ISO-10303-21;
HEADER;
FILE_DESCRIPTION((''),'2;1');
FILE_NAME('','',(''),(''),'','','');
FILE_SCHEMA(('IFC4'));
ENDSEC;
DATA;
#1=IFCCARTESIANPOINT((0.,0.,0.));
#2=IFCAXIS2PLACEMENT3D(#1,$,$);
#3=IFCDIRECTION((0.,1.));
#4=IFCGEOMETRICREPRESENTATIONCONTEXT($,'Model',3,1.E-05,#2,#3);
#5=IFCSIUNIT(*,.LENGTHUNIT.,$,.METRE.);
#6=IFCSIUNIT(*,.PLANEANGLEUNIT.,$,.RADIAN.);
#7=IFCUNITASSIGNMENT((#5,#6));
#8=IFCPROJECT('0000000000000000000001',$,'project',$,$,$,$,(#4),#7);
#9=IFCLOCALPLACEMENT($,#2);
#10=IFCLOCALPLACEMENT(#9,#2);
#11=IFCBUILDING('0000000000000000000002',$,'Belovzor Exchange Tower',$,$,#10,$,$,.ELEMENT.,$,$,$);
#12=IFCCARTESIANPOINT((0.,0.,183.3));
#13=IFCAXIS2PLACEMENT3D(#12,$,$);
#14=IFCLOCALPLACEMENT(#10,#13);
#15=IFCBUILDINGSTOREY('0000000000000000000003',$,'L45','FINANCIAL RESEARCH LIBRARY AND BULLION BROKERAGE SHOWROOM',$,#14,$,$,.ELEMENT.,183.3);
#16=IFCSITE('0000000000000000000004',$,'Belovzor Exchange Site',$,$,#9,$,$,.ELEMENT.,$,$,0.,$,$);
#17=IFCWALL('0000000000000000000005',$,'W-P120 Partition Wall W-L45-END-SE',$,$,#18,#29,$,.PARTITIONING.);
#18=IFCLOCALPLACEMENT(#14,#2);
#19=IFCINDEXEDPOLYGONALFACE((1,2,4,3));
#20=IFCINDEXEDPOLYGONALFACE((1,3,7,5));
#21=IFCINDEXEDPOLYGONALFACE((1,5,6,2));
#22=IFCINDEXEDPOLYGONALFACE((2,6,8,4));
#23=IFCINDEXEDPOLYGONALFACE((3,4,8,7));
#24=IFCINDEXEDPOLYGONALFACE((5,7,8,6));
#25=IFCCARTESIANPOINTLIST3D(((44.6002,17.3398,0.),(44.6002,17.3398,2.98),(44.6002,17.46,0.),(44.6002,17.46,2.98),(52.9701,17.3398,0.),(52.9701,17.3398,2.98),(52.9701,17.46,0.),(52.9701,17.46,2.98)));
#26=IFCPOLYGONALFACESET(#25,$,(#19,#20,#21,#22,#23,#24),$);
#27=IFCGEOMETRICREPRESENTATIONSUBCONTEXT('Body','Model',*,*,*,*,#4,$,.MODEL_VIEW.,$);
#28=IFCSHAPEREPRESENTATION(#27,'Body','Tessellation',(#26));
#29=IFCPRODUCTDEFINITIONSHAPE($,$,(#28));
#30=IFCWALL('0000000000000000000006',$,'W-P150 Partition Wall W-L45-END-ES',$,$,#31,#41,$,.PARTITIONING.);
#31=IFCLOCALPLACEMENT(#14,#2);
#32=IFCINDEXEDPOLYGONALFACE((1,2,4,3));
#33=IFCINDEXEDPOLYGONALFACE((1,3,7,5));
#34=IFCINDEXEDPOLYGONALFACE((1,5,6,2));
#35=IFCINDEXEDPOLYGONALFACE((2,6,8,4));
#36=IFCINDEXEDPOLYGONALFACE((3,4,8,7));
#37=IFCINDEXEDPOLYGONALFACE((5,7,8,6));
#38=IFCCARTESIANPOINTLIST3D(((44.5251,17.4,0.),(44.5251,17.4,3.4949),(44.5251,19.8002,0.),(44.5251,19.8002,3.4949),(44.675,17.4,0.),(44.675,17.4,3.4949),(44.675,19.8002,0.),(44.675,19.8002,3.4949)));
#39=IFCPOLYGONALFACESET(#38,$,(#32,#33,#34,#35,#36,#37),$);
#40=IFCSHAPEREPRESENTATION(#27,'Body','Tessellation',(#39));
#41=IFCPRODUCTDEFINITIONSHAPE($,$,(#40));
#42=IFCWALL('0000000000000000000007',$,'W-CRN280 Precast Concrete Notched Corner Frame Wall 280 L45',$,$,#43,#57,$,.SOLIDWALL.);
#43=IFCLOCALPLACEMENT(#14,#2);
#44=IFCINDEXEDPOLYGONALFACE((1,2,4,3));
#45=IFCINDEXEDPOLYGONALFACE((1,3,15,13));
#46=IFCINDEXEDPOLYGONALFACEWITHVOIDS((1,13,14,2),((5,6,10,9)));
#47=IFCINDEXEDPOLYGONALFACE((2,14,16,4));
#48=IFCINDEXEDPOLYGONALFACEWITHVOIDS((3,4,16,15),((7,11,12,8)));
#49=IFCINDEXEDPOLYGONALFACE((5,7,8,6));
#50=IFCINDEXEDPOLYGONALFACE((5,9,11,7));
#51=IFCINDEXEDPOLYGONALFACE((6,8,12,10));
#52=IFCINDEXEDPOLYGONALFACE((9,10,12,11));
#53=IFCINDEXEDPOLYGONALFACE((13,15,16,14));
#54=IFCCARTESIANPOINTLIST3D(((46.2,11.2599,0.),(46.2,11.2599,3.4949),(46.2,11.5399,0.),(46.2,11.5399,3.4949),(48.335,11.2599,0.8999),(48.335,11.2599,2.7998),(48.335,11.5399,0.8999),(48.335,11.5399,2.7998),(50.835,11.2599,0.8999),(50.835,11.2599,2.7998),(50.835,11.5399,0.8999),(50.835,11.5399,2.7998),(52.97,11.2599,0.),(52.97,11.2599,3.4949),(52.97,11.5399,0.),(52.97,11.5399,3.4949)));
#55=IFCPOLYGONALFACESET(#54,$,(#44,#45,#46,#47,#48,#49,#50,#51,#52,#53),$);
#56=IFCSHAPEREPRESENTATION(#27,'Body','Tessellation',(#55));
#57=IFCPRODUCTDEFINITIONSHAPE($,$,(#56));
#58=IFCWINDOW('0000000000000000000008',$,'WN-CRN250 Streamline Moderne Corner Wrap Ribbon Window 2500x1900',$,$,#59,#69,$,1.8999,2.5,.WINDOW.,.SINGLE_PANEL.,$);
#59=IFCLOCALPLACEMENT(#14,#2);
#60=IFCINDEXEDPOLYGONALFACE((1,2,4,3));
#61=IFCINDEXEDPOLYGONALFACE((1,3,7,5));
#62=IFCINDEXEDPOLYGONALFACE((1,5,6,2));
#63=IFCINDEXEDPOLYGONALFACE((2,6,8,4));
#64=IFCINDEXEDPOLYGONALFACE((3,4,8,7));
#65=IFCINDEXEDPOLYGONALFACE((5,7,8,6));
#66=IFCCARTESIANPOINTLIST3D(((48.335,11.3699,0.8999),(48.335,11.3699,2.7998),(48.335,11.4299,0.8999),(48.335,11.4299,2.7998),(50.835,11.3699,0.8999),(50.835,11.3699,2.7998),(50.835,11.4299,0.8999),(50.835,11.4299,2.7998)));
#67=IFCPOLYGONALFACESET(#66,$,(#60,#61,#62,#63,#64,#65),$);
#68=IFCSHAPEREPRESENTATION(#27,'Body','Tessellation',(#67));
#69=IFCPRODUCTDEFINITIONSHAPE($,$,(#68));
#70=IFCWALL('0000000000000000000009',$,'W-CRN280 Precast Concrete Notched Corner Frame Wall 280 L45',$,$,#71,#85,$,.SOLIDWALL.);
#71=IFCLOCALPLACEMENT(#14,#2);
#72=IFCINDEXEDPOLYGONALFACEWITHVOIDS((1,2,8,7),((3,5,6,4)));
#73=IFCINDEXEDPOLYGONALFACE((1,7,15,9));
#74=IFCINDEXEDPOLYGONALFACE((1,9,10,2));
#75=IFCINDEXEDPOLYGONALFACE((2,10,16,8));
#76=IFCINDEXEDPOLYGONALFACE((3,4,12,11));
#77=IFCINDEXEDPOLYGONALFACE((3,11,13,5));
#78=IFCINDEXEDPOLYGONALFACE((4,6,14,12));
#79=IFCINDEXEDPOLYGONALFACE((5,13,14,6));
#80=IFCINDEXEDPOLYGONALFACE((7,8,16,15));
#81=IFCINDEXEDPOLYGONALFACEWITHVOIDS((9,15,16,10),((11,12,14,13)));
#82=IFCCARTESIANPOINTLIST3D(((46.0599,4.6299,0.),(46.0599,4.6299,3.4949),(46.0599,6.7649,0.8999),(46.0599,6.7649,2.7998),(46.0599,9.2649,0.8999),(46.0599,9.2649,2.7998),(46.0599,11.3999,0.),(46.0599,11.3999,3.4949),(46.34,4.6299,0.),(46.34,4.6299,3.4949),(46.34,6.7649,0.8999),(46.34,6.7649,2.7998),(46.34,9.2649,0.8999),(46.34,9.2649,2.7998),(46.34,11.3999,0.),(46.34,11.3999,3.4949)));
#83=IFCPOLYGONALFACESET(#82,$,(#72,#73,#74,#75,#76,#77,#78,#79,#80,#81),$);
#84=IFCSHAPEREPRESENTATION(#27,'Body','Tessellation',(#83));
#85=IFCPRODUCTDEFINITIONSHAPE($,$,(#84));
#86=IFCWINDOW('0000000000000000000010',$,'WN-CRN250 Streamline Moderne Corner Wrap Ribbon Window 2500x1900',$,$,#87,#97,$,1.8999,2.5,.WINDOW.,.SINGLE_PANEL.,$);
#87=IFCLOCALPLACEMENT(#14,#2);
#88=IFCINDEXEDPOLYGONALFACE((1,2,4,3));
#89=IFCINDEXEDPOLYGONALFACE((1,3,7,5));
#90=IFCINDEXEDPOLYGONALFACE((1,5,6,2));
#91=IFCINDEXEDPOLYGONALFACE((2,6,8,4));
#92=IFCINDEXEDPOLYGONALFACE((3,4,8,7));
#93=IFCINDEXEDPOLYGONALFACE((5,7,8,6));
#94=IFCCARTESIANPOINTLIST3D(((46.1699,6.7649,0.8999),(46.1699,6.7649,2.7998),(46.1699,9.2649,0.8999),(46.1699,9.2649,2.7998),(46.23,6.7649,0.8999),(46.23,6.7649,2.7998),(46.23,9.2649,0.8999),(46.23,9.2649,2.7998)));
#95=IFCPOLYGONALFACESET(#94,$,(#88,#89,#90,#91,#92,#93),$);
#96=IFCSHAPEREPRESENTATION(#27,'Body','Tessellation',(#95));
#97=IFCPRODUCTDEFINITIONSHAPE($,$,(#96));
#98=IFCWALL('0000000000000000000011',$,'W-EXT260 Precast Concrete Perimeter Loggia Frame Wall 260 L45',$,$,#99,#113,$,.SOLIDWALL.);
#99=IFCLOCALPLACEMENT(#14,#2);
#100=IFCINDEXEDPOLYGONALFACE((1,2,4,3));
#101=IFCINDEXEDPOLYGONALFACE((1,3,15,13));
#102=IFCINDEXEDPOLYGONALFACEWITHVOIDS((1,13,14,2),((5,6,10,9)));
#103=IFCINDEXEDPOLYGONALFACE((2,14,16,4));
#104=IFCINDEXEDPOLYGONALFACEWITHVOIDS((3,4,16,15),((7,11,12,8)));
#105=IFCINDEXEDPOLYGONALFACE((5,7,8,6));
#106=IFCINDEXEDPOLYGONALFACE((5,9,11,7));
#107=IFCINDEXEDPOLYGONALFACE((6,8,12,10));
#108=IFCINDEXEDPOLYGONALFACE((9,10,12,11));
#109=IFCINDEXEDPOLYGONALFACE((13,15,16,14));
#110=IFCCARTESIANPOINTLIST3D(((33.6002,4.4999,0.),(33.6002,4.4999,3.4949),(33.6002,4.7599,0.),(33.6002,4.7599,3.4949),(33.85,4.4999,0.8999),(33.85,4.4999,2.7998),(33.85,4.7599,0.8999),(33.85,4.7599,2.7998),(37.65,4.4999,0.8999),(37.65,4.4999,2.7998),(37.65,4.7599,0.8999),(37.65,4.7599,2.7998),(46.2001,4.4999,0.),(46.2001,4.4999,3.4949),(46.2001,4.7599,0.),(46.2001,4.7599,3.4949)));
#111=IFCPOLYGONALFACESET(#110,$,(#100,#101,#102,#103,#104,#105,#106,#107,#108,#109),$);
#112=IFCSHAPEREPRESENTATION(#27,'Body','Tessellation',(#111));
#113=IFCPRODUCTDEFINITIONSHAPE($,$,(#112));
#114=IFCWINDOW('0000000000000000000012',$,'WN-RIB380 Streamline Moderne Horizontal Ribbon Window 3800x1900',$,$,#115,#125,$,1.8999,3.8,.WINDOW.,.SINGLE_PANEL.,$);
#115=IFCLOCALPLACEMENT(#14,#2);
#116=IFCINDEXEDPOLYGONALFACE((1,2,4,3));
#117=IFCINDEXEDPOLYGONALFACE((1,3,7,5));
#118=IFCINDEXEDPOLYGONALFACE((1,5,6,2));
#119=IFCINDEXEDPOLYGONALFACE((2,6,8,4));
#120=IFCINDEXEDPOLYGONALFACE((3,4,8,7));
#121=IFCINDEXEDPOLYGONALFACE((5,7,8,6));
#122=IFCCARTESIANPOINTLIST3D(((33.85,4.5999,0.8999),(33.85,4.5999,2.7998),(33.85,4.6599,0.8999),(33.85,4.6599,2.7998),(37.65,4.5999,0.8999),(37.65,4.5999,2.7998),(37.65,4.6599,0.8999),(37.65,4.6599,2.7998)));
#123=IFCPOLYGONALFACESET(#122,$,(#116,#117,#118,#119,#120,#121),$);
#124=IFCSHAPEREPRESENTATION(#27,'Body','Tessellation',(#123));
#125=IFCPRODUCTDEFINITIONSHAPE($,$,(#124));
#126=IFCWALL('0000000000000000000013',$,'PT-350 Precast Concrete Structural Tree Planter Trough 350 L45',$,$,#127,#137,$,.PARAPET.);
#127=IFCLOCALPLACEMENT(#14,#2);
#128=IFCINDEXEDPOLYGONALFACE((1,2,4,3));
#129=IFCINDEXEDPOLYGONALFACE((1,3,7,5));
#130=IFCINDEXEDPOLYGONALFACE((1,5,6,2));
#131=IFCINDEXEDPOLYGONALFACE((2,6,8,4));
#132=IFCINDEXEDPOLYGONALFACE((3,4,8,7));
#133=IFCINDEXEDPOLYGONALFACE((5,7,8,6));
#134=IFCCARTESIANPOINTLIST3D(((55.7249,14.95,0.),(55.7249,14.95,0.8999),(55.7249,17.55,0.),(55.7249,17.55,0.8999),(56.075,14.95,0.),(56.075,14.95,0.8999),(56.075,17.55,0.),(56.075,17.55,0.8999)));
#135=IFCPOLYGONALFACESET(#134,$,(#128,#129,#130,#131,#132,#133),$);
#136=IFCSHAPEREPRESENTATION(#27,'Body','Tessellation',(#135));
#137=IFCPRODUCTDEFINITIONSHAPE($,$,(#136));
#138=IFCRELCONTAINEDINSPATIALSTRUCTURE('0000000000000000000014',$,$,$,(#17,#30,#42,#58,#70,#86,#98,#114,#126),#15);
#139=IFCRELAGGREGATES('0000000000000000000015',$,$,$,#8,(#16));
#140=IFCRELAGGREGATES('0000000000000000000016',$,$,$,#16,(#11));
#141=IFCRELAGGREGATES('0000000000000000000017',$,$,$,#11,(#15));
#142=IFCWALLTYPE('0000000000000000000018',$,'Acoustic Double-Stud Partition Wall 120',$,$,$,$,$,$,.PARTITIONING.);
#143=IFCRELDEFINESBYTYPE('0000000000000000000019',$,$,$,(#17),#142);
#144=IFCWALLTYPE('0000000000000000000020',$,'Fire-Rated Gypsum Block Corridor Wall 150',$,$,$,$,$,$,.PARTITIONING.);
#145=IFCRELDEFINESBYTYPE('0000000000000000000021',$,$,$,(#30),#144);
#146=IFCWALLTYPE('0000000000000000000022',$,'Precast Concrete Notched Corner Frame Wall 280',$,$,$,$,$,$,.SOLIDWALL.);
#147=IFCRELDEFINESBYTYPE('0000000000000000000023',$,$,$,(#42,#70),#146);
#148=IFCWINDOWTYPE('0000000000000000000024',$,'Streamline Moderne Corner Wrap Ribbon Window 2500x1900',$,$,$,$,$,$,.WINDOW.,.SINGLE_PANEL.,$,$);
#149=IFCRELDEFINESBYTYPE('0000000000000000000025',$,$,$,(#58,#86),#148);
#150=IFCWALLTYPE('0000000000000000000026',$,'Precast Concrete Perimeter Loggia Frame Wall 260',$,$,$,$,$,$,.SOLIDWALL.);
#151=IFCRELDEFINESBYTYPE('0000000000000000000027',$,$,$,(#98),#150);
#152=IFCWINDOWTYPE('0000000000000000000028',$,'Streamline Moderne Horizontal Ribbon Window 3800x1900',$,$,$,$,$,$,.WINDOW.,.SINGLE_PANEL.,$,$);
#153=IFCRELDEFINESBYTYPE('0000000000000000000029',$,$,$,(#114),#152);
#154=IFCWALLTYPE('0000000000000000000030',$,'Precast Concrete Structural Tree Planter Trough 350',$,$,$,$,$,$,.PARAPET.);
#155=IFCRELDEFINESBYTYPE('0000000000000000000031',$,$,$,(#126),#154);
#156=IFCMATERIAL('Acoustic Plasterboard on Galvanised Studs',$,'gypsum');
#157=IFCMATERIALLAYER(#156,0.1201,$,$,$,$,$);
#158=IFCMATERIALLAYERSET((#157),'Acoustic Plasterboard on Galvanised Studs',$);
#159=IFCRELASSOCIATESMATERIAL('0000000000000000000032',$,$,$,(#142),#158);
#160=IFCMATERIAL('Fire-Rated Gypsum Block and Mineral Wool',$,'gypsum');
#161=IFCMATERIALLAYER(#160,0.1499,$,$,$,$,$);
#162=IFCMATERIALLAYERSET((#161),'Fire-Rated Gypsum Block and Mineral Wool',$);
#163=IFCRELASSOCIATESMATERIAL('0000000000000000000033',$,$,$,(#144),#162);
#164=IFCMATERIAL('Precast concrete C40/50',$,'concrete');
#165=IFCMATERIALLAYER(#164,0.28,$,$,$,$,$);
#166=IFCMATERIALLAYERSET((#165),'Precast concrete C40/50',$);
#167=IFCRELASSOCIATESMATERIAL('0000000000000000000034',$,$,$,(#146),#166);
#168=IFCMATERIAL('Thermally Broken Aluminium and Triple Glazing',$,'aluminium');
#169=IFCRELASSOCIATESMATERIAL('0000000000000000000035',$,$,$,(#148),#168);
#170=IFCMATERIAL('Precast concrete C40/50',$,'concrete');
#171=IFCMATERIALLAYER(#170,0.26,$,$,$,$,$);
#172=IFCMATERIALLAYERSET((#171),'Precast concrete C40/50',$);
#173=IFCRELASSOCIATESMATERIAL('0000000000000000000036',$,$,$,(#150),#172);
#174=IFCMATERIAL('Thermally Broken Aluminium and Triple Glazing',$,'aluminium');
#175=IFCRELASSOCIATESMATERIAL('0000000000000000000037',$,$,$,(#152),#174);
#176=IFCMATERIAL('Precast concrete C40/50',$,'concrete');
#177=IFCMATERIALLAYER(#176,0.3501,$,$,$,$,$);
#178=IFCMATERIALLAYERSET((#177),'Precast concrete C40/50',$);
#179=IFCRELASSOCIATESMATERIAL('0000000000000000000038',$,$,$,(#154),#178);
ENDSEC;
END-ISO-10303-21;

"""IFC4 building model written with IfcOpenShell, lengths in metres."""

from ifc_helpers import new_model, si_unit, direction, frame, frame_2d, origin, place, context, subcontext, project, spatial, rectangle, extrude, material, layer, layer_set, type_object, element, fill, save


model = new_model("IFC4")

# Units and contexts
model_context = context("Model", 3, precision=1e-05, world=origin(), true_north=direction((0.0, 1.0)))
body_context = subcontext(model_context, "Body", "Model", "MODEL_VIEW")
ifc_project = project(units=[si_unit("LENGTHUNIT", "METRE"), si_unit("PLANEANGLEUNIT", "RADIAN")], contexts=[model_context])

# Site, building, storey
site_placement = place(None, origin())
site = spatial("IfcSite", under=ifc_project, at=site_placement, Name="Belovzor Exchange Site", CompositionType="ELEMENT", RefElevation=0.0)
building_placement = place(site_placement, origin())
building = spatial("IfcBuilding", under=site, at=building_placement, Name="Belovzor Exchange Tower", CompositionType="ELEMENT")
storey_placement = place(building_placement, frame((0.0, 0.0, 183.3)))
storey = spatial("IfcBuildingStorey", under=building, at=storey_placement, Name="L45", Description="FINANCIAL RESEARCH LIBRARY AND BULLION BROKERAGE SHOWROOM", CompositionType="ELEMENT", Elevation=183.3)

# Walls
ifc_material_1 = material(Name="Acoustic Plasterboard on Galvanised Studs", Category="gypsum")
ifc_layer_1 = layer(ifc_material_1, 0.1201)
ifc_layer_set_1 = layer_set([ifc_layer_1], Name="Acoustic Plasterboard on Galvanised Studs")
wall_type_1 = type_object("IfcWallType", Name="Acoustic Double-Stud Partition Wall 120", PredefinedType="PARTITIONING", material=ifc_layer_set_1)
wall_1_placement = place(storey_placement, frame((44.6001, 17.3999, 0.0), z_axis=(0.0, 0.0, 1.0), x_axis=(1.0, 0.0, 0.0)))
element("IfcWall", 1, at=wall_1_placement, inside=storey, type_object=wall_type_1, Name="W-P120 Partition Wall W-L45-END-SE", PredefinedType="PARTITIONING", context=body_context, shape_type="SweptSolid", body=[
    extrude(rectangle(XDim=8.3699, YDim=0.1201, at=frame_2d((4.1851, 0.0))), origin(), (0.0, 0.0, 1.0), 2.98),
])
ifc_material_2 = material(Name="Fire-Rated Gypsum Block and Mineral Wool", Category="gypsum")
ifc_layer_2 = layer(ifc_material_2, 0.1499)
ifc_layer_set_2 = layer_set([ifc_layer_2], Name="Fire-Rated Gypsum Block and Mineral Wool")
wall_type_2 = type_object("IfcWallType", Name="Fire-Rated Gypsum Block Corridor Wall 150", PredefinedType="PARTITIONING", material=ifc_layer_set_2)
wall_2_placement = place(storey_placement, frame((44.6001, 17.3999, 0.0), z_axis=(0.0, 0.0, 1.0), x_axis=(0.0, 1.0, 0.0)))
element("IfcWall", 2, at=wall_2_placement, inside=storey, type_object=wall_type_2, Name="W-P150 Partition Wall W-L45-END-ES", PredefinedType="PARTITIONING", context=body_context, shape_type="SweptSolid", body=[
    extrude(rectangle(XDim=2.4001, YDim=0.1499, at=frame_2d((1.2002, 0.0))), origin(), (0.0, 0.0, 1.0), 3.4949),
])

# Walls, openings, windows
ifc_material_3 = material(Name="Precast concrete C40/50", Category="concrete")
ifc_layer_3 = layer(ifc_material_3, 0.28)
ifc_layer_set_3 = layer_set([ifc_layer_3], Name="Precast concrete C40/50")
wall_type_3 = type_object("IfcWallType", Name="Precast Concrete Notched Corner Frame Wall 280", PredefinedType="SOLIDWALL", material=ifc_layer_set_3)
wall_3_placement = place(storey_placement, frame((52.97, 11.3999, 0.0), z_axis=(0.0, 0.0, 1.0), x_axis=(-1.0, 0.0, 0.0)))
wall_3 = element("IfcWall", 3, at=wall_3_placement, inside=storey, type_object=wall_type_3, Name="W-CRN280 Precast Concrete Notched Corner Frame Wall 280 L45", PredefinedType="SOLIDWALL", context=body_context, shape_type="SweptSolid", body=[
    extrude(rectangle(XDim=6.77, YDim=0.28, at=frame_2d((3.385, 0.0))), origin(), (0.0, 0.0, 1.0), 3.4949),
])
opening_1_placement = place(wall_3_placement, frame((2.135, 0.0, 0.8999)))
opening_1 = element("IfcOpeningElement", 4, at=opening_1_placement, cuts=wall_3, PredefinedType="OPENING", context=body_context, shape_type="SweptSolid", body=[
    extrude(rectangle(XDim=2.5, YDim=1.8999, at=frame_2d((1.25, 0.95))), frame((0.0, 0.1499, 0.0), z_axis=(0.0, -1.0, 0.0), x_axis=(1.0, 0.0, 0.0)), (0.0, 0.0, 1.0), 0.3),
])
ifc_material_4 = material(Name="Thermally Broken Aluminium and Triple Glazing", Category="aluminium")
window_type_1 = type_object("IfcWindowType", Name="Streamline Moderne Corner Wrap Ribbon Window 2500x1900", PartitioningType="SINGLE_PANEL", PredefinedType="WINDOW", material=ifc_material_4)
window_1_placement = place(opening_1_placement, origin())
window_1 = element("IfcWindow", 5, at=window_1_placement, inside=storey, type_object=window_type_1, Name="WN-CRN250 Streamline Moderne Corner Wrap Ribbon Window 2500x1900", OverallHeight=1.8999, OverallWidth=2.5, PartitioningType="SINGLE_PANEL", PredefinedType="WINDOW", context=body_context, shape_type="SweptSolid", body=[
    extrude(rectangle(XDim=2.5, YDim=1.8999, at=frame_2d((1.25, 0.95))), frame((0.0, 0.03, 0.0), z_axis=(0.0, -1.0, 0.0), x_axis=(1.0, 0.0, 0.0)), (0.0, 0.0, 1.0), 0.0601),
])
fill(opening_1, window_1)
wall_4_placement = place(storey_placement, frame((46.2, 11.3999, 0.0), z_axis=(0.0, 0.0, 1.0), x_axis=(0.0, -1.0, 0.0)))
wall_4 = element("IfcWall", 6, at=wall_4_placement, inside=storey, type_object=wall_type_3, Name="W-CRN280 Precast Concrete Notched Corner Frame Wall 280 L45", PredefinedType="SOLIDWALL", context=body_context, shape_type="SweptSolid", body=[
    extrude(rectangle(XDim=6.77, YDim=0.28, at=frame_2d((3.385, 0.0))), origin(), (0.0, 0.0, 1.0), 3.4949),
])
opening_2_placement = place(wall_4_placement, frame((2.135, 0.0, 0.8999)))
opening_2 = element("IfcOpeningElement", 7, at=opening_2_placement, cuts=wall_4, PredefinedType="OPENING", context=body_context, shape_type="SweptSolid", body=[
    extrude(rectangle(XDim=2.5, YDim=1.8999, at=frame_2d((1.25, 0.95))), frame((0.0, 0.1499, 0.0), z_axis=(0.0, -1.0, 0.0), x_axis=(1.0, 0.0, 0.0)), (0.0, 0.0, 1.0), 0.3),
])
window_2_placement = place(opening_2_placement, origin())
window_2 = element("IfcWindow", 8, at=window_2_placement, inside=storey, type_object=window_type_1, Name="WN-CRN250 Streamline Moderne Corner Wrap Ribbon Window 2500x1900", OverallHeight=1.8999, OverallWidth=2.5, PartitioningType="SINGLE_PANEL", PredefinedType="WINDOW", context=body_context, shape_type="SweptSolid", body=[
    extrude(rectangle(XDim=2.5, YDim=1.8999, at=frame_2d((1.25, 0.95))), frame((0.0, 0.03, 0.0), z_axis=(0.0, -1.0, 0.0), x_axis=(1.0, 0.0, 0.0)), (0.0, 0.0, 1.0), 0.0601),
])
fill(opening_2, window_2)
ifc_material_5 = material(Name="Precast concrete C40/50", Category="concrete")
ifc_layer_4 = layer(ifc_material_5, 0.26)
ifc_layer_set_4 = layer_set([ifc_layer_4], Name="Precast concrete C40/50")
wall_type_4 = type_object("IfcWallType", Name="Precast Concrete Perimeter Loggia Frame Wall 260", PredefinedType="SOLIDWALL", material=ifc_layer_set_4)
wall_5_placement = place(storey_placement, frame((46.2, 4.6299, 0.0), z_axis=(0.0, 0.0, 1.0), x_axis=(-1.0, 0.0, 0.0)))
wall_5 = element("IfcWall", 9, at=wall_5_placement, inside=storey, type_object=wall_type_4, Name="W-EXT260 Precast Concrete Perimeter Loggia Frame Wall 260 L45", PredefinedType="SOLIDWALL", context=body_context, shape_type="SweptSolid", body=[
    extrude(rectangle(XDim=12.5999, YDim=0.26, at=frame_2d((6.2998, 0.0))), origin(), (0.0, 0.0, 1.0), 3.4949),
])
opening_3_placement = place(wall_5_placement, frame((8.55, 0.0, 0.8999)))
opening_3 = element("IfcOpeningElement", 10, at=opening_3_placement, cuts=wall_5, PredefinedType="OPENING", context=body_context, shape_type="SweptSolid", body=[
    extrude(rectangle(XDim=3.8, YDim=1.8999, at=frame_2d((1.8999, 0.95))), frame((0.0, 0.1399, 0.0), z_axis=(0.0, -1.0, 0.0), x_axis=(1.0, 0.0, 0.0)), (0.0, 0.0, 1.0), 0.28),
])
ifc_material_6 = material(Name="Thermally Broken Aluminium and Triple Glazing", Category="aluminium")
window_type_2 = type_object("IfcWindowType", Name="Streamline Moderne Horizontal Ribbon Window 3800x1900", PartitioningType="SINGLE_PANEL", PredefinedType="WINDOW", material=ifc_material_6)
window_3_placement = place(opening_3_placement, origin())
window_3 = element("IfcWindow", 11, at=window_3_placement, inside=storey, type_object=window_type_2, Name="WN-RIB380 Streamline Moderne Horizontal Ribbon Window 3800x1900", OverallHeight=1.8999, OverallWidth=3.8, PartitioningType="SINGLE_PANEL", PredefinedType="WINDOW", context=body_context, shape_type="SweptSolid", body=[
    extrude(rectangle(XDim=3.8, YDim=1.8999, at=frame_2d((1.8999, 0.95))), frame((0.0, 0.03, 0.0), z_axis=(0.0, -1.0, 0.0), x_axis=(1.0, 0.0, 0.0)), (0.0, 0.0, 1.0), 0.0601),
])
fill(opening_3, window_3)

# Wall
ifc_material_7 = material(Name="Precast concrete C40/50", Category="concrete")
ifc_layer_5 = layer(ifc_material_7, 0.3501)
ifc_layer_set_5 = layer_set([ifc_layer_5], Name="Precast concrete C40/50")
wall_type_5 = type_object("IfcWallType", Name="Precast Concrete Structural Tree Planter Trough 350", PredefinedType="PARAPET", material=ifc_layer_set_5)
wall_6_placement = place(storey_placement, frame((55.8999, 14.95, 0.0), z_axis=(0.0, 0.0, 1.0), x_axis=(0.0, 1.0, 0.0)))
element("IfcWall", 12, at=wall_6_placement, inside=storey, type_object=wall_type_5, Name="PT-350 Precast Concrete Structural Tree Planter Trough 350 L45", PredefinedType="PARAPET", context=body_context, shape_type="SweptSolid", body=[
    extrude(rectangle(XDim=2.6001, YDim=0.3501, at=frame_2d((1.3, 0.0))), origin(), (0.0, 0.0, 1.0), 0.8999),
])

save(model, "model.ifc")
